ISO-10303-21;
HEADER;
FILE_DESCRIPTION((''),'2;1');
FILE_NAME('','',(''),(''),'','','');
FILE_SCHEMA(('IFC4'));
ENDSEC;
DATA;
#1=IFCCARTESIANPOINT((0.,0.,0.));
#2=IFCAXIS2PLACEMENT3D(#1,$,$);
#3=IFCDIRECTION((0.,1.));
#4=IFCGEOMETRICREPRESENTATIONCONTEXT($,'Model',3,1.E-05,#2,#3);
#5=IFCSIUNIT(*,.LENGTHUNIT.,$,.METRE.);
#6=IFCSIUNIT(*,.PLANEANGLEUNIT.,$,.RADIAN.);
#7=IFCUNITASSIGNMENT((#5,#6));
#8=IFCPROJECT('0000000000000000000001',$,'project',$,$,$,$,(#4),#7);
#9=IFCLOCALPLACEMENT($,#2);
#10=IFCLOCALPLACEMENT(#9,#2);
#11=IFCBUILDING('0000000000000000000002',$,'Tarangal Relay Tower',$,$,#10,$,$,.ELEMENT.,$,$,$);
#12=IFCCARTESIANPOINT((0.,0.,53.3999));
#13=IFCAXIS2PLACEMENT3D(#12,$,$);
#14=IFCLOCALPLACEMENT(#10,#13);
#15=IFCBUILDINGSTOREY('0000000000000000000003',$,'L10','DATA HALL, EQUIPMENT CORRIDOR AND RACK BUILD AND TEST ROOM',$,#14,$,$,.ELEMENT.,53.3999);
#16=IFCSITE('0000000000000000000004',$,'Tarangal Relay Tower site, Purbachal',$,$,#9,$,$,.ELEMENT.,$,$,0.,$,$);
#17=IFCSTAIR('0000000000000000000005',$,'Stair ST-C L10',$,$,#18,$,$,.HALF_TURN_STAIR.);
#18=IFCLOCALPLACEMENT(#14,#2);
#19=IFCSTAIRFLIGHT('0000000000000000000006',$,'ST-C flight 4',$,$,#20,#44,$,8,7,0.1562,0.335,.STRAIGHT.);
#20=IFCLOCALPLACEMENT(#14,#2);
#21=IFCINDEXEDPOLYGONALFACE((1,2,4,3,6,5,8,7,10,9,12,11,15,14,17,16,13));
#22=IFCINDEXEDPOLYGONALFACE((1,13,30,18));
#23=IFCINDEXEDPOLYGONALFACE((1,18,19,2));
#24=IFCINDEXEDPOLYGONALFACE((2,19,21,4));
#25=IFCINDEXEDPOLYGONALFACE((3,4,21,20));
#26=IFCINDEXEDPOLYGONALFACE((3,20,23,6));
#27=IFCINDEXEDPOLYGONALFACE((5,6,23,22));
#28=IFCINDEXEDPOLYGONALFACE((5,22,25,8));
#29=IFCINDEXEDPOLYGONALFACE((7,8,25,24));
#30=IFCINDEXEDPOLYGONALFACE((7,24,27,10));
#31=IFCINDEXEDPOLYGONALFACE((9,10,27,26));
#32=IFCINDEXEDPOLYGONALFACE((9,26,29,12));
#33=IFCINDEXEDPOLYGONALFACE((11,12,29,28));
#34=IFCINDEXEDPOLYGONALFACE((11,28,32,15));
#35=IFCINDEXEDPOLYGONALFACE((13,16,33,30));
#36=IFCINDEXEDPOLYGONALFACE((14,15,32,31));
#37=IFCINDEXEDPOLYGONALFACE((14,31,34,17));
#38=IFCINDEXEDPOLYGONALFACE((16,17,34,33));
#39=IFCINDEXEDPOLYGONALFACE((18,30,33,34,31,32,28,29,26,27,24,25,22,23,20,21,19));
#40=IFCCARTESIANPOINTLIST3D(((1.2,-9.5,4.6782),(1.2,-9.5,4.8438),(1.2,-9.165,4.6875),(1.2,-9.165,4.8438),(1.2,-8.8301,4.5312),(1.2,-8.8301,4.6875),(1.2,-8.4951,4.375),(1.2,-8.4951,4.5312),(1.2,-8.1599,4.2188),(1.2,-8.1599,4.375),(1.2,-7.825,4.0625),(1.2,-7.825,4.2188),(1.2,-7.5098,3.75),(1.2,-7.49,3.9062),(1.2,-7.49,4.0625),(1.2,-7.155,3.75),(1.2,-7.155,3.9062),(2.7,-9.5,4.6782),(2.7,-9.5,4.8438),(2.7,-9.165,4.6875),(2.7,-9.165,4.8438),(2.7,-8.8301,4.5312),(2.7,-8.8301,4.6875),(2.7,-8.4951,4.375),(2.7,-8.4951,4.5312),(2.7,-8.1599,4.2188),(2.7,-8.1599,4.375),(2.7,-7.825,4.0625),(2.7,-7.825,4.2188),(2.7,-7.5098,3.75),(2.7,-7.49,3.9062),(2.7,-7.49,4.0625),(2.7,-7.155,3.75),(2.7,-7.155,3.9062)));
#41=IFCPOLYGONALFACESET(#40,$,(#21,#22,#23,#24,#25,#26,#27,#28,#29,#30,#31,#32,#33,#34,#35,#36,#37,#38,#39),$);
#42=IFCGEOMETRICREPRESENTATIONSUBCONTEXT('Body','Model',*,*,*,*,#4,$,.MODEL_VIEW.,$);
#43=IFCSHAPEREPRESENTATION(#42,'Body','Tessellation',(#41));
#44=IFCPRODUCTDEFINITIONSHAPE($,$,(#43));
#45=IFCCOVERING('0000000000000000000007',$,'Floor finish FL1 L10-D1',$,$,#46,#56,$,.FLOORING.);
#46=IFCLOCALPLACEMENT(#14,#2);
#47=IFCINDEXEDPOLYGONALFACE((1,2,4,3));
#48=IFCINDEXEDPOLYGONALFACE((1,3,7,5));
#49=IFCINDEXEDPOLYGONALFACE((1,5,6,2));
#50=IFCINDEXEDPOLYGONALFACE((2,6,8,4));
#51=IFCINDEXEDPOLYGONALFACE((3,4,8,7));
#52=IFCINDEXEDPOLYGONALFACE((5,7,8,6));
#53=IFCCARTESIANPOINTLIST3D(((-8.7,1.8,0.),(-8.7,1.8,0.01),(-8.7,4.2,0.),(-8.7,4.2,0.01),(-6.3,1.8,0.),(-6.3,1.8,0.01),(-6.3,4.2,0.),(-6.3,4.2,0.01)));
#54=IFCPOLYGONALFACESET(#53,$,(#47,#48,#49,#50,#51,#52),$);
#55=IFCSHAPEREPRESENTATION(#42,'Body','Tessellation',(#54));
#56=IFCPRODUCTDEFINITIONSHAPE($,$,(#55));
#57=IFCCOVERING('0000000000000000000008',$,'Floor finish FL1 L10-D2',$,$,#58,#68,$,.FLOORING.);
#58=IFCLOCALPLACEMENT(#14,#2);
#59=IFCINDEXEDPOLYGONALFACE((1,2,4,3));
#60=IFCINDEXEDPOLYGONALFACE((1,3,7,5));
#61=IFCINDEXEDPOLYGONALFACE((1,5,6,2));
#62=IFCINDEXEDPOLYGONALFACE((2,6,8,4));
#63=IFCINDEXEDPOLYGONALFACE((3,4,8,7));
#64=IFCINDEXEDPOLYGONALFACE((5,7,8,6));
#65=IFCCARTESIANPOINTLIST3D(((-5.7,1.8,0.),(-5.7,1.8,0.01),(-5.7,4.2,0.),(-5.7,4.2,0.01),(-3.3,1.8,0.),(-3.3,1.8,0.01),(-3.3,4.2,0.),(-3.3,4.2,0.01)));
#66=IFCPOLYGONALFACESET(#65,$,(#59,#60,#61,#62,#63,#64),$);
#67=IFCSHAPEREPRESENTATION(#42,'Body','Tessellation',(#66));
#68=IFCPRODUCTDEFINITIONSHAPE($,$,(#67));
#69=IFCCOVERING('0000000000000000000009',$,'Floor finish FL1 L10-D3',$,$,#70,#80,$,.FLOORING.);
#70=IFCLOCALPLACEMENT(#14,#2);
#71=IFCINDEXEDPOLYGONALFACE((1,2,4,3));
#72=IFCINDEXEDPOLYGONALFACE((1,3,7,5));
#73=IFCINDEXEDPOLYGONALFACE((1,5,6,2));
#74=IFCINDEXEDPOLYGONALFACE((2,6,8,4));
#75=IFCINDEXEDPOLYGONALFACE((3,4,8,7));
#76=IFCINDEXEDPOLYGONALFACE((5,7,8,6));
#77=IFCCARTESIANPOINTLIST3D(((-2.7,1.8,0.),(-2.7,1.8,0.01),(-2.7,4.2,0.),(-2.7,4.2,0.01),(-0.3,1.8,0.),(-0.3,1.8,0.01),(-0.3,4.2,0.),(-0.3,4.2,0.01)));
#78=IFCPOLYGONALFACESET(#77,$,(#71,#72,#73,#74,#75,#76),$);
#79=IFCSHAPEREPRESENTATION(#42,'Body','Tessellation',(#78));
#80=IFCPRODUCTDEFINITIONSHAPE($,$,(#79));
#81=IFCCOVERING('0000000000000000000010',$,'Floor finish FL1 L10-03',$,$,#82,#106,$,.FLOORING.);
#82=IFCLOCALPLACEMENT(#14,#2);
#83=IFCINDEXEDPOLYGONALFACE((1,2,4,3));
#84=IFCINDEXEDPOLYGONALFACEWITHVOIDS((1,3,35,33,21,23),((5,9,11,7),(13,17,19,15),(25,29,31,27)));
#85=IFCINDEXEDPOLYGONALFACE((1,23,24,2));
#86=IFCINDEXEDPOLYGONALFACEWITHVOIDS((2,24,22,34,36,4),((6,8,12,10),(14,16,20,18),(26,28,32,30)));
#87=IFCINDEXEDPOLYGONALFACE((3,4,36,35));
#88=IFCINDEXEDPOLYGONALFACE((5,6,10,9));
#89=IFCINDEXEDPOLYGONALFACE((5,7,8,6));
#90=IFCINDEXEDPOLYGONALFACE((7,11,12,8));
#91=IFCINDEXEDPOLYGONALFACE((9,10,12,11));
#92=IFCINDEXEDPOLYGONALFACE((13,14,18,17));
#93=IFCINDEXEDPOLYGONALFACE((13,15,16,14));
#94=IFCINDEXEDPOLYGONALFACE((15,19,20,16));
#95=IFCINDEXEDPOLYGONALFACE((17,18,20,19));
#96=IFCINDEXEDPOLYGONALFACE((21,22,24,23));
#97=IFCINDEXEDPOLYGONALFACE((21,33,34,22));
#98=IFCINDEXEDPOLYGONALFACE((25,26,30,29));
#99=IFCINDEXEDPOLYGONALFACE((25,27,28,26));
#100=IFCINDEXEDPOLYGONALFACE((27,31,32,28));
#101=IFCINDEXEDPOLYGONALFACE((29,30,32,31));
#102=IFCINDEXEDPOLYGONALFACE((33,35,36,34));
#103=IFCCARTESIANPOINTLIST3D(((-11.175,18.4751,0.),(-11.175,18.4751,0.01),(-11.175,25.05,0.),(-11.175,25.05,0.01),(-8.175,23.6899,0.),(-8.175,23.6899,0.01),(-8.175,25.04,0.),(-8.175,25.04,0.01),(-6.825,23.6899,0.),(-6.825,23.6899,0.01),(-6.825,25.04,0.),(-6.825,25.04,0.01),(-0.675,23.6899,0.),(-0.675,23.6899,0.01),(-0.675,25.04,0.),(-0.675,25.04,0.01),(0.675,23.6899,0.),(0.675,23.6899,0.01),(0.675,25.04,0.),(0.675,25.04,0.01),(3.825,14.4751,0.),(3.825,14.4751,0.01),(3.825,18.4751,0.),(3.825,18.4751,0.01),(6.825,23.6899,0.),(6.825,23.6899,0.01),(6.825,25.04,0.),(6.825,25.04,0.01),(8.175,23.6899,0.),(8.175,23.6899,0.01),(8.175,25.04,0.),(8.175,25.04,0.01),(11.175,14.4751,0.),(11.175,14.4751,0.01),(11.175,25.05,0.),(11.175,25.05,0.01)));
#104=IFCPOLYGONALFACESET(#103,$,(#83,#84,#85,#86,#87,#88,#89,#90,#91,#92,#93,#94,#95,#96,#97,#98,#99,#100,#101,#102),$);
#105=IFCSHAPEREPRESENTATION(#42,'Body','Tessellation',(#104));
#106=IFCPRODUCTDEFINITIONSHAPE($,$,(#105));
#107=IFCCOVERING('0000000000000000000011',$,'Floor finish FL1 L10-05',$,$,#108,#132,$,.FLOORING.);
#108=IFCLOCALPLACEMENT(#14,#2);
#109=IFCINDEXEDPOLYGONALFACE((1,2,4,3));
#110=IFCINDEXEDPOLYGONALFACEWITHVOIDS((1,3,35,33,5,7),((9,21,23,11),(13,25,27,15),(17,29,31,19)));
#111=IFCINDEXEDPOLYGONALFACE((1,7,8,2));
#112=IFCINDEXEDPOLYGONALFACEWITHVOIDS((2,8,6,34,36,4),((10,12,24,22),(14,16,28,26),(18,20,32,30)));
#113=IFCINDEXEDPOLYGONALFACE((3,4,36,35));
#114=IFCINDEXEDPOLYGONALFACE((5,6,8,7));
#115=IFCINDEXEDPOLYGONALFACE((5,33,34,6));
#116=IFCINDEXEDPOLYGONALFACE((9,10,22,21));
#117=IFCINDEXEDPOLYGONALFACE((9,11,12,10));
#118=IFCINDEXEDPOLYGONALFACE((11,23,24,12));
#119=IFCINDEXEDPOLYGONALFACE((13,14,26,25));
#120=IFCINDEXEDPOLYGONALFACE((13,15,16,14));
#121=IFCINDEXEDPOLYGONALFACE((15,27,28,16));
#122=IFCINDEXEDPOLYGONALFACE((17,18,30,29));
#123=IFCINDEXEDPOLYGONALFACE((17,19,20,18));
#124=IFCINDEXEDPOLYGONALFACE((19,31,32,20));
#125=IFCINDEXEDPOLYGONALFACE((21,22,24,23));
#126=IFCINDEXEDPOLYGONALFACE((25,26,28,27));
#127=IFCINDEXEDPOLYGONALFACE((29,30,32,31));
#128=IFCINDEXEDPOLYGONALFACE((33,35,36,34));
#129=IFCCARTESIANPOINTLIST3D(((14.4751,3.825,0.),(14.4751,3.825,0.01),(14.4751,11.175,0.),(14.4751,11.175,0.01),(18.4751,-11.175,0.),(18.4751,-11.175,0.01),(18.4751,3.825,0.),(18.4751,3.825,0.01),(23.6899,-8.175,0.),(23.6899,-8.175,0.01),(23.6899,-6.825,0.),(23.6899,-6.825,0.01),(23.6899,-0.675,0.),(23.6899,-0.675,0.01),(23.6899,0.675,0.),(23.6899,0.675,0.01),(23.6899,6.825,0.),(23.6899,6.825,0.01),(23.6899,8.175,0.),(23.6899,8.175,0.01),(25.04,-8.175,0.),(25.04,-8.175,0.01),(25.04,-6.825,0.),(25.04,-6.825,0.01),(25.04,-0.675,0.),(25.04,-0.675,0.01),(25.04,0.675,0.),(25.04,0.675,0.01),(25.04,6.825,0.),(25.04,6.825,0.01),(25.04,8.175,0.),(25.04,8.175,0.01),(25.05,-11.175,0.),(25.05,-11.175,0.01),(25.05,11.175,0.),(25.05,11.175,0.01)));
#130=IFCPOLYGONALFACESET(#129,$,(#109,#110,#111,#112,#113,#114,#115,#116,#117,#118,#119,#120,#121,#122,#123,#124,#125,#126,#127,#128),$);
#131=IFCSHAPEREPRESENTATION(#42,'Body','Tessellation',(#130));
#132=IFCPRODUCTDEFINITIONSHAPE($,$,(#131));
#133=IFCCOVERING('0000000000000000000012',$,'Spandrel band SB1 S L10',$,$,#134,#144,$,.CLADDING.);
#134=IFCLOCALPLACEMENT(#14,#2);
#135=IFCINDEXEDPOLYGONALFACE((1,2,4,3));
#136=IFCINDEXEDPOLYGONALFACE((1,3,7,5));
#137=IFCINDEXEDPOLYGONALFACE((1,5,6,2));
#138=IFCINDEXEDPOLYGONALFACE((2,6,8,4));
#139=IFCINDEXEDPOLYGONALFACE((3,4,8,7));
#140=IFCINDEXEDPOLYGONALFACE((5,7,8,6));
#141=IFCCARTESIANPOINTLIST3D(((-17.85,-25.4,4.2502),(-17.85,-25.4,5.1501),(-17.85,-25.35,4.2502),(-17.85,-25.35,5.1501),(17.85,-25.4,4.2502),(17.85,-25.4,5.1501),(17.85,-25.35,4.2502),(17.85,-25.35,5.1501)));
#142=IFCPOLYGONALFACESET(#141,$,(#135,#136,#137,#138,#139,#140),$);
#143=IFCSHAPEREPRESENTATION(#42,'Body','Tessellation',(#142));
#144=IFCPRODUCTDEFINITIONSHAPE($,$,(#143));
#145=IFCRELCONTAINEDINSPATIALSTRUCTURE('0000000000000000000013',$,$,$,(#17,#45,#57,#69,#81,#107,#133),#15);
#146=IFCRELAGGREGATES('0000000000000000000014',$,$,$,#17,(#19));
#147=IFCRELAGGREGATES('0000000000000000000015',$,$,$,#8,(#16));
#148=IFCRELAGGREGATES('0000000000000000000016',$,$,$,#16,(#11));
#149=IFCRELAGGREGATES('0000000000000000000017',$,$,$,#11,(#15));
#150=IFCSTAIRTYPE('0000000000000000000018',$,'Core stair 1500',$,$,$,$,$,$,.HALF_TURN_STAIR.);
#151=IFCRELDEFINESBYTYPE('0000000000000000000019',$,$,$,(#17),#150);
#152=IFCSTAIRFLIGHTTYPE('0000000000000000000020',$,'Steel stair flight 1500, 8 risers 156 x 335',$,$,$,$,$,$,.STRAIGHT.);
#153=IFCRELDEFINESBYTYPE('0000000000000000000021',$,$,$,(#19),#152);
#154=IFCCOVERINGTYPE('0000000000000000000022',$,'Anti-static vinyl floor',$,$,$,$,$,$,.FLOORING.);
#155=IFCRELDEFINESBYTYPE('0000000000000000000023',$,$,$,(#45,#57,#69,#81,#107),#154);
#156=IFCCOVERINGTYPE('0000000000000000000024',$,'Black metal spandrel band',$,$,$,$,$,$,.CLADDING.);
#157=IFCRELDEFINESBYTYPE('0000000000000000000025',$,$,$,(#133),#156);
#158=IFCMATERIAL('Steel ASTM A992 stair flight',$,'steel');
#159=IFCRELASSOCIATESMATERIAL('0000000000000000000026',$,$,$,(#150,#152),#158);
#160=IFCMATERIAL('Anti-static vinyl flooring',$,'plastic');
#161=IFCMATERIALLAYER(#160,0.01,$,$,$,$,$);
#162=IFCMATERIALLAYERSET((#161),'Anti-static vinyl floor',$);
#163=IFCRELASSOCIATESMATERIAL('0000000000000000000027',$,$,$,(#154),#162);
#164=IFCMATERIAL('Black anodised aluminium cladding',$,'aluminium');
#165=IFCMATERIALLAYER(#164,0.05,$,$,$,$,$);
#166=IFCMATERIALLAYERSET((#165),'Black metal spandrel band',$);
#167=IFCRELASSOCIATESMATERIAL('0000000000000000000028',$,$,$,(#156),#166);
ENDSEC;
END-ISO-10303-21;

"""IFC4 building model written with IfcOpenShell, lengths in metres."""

from ifc_helpers import new_model, si_unit, direction, frame, origin, origin_2d, place, context, subcontext, project, spatial, polyline, rectangle, outline, extrude, material, layer, layer_set, type_object, element, aggregate, save


model = new_model("IFC4")

# Units and contexts
model_context = context("Model", 3, precision=1e-05, world=origin(), true_north=direction((0.0, 1.0)))
body_context = subcontext(model_context, "Body", "Model", "MODEL_VIEW")
ifc_project = project(units=[si_unit("LENGTHUNIT", "METRE"), si_unit("PLANEANGLEUNIT", "RADIAN")], contexts=[model_context])

# Site, building, storey
site_placement = place(None, origin())
site = spatial("IfcSite", under=ifc_project, at=site_placement, Name="Tarangal Relay Tower site, Purbachal", CompositionType="ELEMENT", RefElevation=0.0)
building_placement = place(site_placement, origin())
building = spatial("IfcBuilding", under=site, at=building_placement, Name="Tarangal Relay Tower", CompositionType="ELEMENT")
storey_placement = place(building_placement, frame((0.0, 0.0, 53.3999)))
storey = spatial("IfcBuildingStorey", under=building, at=storey_placement, Name="L10", Description="DATA HALL, EQUIPMENT CORRIDOR AND RACK BUILD AND TEST ROOM", CompositionType="ELEMENT", Elevation=53.3999)

# Shared definitions
ifc_material_1 = material(Name="Steel ASTM A992 stair flight", Category="steel")
stair_type = type_object("IfcStairType", Name="Core stair 1500", PredefinedType="HALF_TURN_STAIR", material=ifc_material_1)

# Stair, stair flight
stair_1_placement = place(storey_placement, origin())
stair_1 = element("IfcStair", 1, at=stair_1_placement, inside=storey, type_object=stair_type, Name="Stair ST-C L10", PredefinedType="HALF_TURN_STAIR")
stair_flight_type = type_object("IfcStairFlightType", Name="Steel stair flight 1500, 8 risers 156 x 335", PredefinedType="STRAIGHT", material=ifc_material_1)
stair_flight_1_placement = place(storey_placement, frame((1.95, -7.155, 3.75), z_axis=(0.0, 0.0, 1.0), x_axis=(0.0, -1.0, 0.0)))
stair_flight_1 = element("IfcStairFlight", 2, at=stair_flight_1_placement, type_object=stair_flight_type, Name="ST-C flight 4", NumberOfRisers=8, NumberOfTreads=7, PredefinedType="STRAIGHT", RiserHeight=0.1562, TreadLength=0.335, context=body_context, shape_type="SweptSolid", body=[
    extrude(outline(polyline([(0.0, 0.0), (0.0, 0.1562), (0.335, 0.1562), (0.335, 0.3125), (0.6699, 0.3125), (0.6699, 0.4688), (1.0049, 0.4688), (1.0049, 0.625), (1.3401, 0.625), (1.3401, 0.7812), (1.675, 0.7812), (1.675, 0.9375), (2.01, 0.9375), (2.01, 1.0938), (2.345, 1.0938), (2.345, 1.25), (2.345, 0.9282), (0.3547, 0.0), (0.0, 0.0)])), frame((0.0, 0.75, 0.0), z_axis=(0.0, -1.0, 0.0), x_axis=(1.0, 0.0, 0.0)), (0.0, 0.0, 1.0), 1.5),
])
aggregate(stair_1, [stair_flight_1])

# Coverings
ifc_material_2 = material(Name="Anti-static vinyl flooring", Category="plastic")
ifc_layer_1 = layer(ifc_material_2, 0.01)
ifc_layer_set_1 = layer_set([ifc_layer_1], Name="Anti-static vinyl floor")
covering_type_1 = type_object("IfcCoveringType", Name="Anti-static vinyl floor", PredefinedType="FLOORING", material=ifc_layer_set_1)
covering_1_placement = place(storey_placement, origin())
element("IfcCovering", 3, at=covering_1_placement, inside=storey, type_object=covering_type_1, Name="Floor finish FL1 L10-D1", PredefinedType="FLOORING", context=body_context, shape_type="SweptSolid", body=[
    extrude(outline(polyline([(-8.7, 1.8), (-6.3, 1.8), (-6.3, 4.2), (-8.7, 4.2), (-8.7, 1.8)])), origin(), (0.0, 0.0, 1.0), 0.01),
])
covering_2_placement = place(storey_placement, origin())
element("IfcCovering", 4, at=covering_2_placement, inside=storey, type_object=covering_type_1, Name="Floor finish FL1 L10-D2", PredefinedType="FLOORING", context=body_context, shape_type="SweptSolid", body=[
    extrude(outline(polyline([(-5.7, 1.8), (-3.3, 1.8), (-3.3, 4.2), (-5.7, 4.2), (-5.7, 1.8)])), origin(), (0.0, 0.0, 1.0), 0.01),
])
covering_3_placement = place(storey_placement, origin())
element("IfcCovering", 5, at=covering_3_placement, inside=storey, type_object=covering_type_1, Name="Floor finish FL1 L10-D3", PredefinedType="FLOORING", context=body_context, shape_type="SweptSolid", body=[
    extrude(outline(polyline([(-2.7, 1.8), (-0.3, 1.8), (-0.3, 4.2), (-2.7, 4.2), (-2.7, 1.8)])), origin(), (0.0, 0.0, 1.0), 0.01),
])
covering_4_placement = place(storey_placement, origin())
element("IfcCovering", 6, at=covering_4_placement, inside=storey, type_object=covering_type_1, Name="Floor finish FL1 L10-03", PredefinedType="FLOORING", context=body_context, shape_type="SweptSolid", body=[
    extrude(outline(polyline([(11.175, 25.05), (-11.175, 25.05), (-11.175, 18.4751), (3.825, 18.4751), (3.825, 14.4751), (11.175, 14.4751), (11.175, 25.05)]), holes=[polyline([(-6.825, 23.6899), (-6.825, 25.04), (-8.175, 25.04), (-8.175, 23.6899), (-6.825, 23.6899)]), polyline([(-0.675, 23.6899), (0.675, 23.6899), (0.675, 25.04), (-0.675, 25.04), (-0.675, 23.6899)]), polyline([(6.825, 23.6899), (8.175, 23.6899), (8.175, 25.04), (6.825, 25.04), (6.825, 23.6899)])]), origin(), (0.0, 0.0, 1.0), 0.01),
])
covering_5_placement = place(storey_placement, origin())
element("IfcCovering", 7, at=covering_5_placement, inside=storey, type_object=covering_type_1, Name="Floor finish FL1 L10-05", PredefinedType="FLOORING", context=body_context, shape_type="SweptSolid", body=[
    extrude(outline(polyline([(25.05, -11.175), (25.05, 11.175), (14.4751, 11.175), (14.4751, 3.825), (18.4751, 3.825), (18.4751, -11.175), (25.05, -11.175)]), holes=[polyline([(25.04, -8.175), (25.04, -6.825), (23.6899, -6.825), (23.6899, -8.175), (25.04, -8.175)]), polyline([(23.6899, -0.675), (25.04, -0.675), (25.04, 0.675), (23.6899, 0.675), (23.6899, -0.675)]), polyline([(23.6899, 6.825), (25.04, 6.825), (25.04, 8.175), (23.6899, 8.175), (23.6899, 6.825)])]), origin(), (0.0, 0.0, 1.0), 0.01),
])
ifc_material_3 = material(Name="Black anodised aluminium cladding", Category="aluminium")
ifc_layer_2 = layer(ifc_material_3, 0.05)
ifc_layer_set_2 = layer_set([ifc_layer_2], Name="Black metal spandrel band")
covering_type_2 = type_object("IfcCoveringType", Name="Black metal spandrel band", PredefinedType="CLADDING", material=ifc_layer_set_2)
covering_6_placement = place(storey_placement, frame((0.0, -25.375, 4.2502), z_axis=(0.0, 0.0, 1.0), x_axis=(-1.0, 0.0, 0.0)))
element("IfcCovering", 8, at=covering_6_placement, inside=storey, type_object=covering_type_2, Name="Spandrel band SB1 S L10", PredefinedType="CLADDING", context=body_context, shape_type="SweptSolid", body=[
    extrude(rectangle(XDim=35.7, YDim=0.05, at=origin_2d()), origin(), (0.0, 0.0, 1.0), 0.8999),
])

save(model, "model.ifc")
